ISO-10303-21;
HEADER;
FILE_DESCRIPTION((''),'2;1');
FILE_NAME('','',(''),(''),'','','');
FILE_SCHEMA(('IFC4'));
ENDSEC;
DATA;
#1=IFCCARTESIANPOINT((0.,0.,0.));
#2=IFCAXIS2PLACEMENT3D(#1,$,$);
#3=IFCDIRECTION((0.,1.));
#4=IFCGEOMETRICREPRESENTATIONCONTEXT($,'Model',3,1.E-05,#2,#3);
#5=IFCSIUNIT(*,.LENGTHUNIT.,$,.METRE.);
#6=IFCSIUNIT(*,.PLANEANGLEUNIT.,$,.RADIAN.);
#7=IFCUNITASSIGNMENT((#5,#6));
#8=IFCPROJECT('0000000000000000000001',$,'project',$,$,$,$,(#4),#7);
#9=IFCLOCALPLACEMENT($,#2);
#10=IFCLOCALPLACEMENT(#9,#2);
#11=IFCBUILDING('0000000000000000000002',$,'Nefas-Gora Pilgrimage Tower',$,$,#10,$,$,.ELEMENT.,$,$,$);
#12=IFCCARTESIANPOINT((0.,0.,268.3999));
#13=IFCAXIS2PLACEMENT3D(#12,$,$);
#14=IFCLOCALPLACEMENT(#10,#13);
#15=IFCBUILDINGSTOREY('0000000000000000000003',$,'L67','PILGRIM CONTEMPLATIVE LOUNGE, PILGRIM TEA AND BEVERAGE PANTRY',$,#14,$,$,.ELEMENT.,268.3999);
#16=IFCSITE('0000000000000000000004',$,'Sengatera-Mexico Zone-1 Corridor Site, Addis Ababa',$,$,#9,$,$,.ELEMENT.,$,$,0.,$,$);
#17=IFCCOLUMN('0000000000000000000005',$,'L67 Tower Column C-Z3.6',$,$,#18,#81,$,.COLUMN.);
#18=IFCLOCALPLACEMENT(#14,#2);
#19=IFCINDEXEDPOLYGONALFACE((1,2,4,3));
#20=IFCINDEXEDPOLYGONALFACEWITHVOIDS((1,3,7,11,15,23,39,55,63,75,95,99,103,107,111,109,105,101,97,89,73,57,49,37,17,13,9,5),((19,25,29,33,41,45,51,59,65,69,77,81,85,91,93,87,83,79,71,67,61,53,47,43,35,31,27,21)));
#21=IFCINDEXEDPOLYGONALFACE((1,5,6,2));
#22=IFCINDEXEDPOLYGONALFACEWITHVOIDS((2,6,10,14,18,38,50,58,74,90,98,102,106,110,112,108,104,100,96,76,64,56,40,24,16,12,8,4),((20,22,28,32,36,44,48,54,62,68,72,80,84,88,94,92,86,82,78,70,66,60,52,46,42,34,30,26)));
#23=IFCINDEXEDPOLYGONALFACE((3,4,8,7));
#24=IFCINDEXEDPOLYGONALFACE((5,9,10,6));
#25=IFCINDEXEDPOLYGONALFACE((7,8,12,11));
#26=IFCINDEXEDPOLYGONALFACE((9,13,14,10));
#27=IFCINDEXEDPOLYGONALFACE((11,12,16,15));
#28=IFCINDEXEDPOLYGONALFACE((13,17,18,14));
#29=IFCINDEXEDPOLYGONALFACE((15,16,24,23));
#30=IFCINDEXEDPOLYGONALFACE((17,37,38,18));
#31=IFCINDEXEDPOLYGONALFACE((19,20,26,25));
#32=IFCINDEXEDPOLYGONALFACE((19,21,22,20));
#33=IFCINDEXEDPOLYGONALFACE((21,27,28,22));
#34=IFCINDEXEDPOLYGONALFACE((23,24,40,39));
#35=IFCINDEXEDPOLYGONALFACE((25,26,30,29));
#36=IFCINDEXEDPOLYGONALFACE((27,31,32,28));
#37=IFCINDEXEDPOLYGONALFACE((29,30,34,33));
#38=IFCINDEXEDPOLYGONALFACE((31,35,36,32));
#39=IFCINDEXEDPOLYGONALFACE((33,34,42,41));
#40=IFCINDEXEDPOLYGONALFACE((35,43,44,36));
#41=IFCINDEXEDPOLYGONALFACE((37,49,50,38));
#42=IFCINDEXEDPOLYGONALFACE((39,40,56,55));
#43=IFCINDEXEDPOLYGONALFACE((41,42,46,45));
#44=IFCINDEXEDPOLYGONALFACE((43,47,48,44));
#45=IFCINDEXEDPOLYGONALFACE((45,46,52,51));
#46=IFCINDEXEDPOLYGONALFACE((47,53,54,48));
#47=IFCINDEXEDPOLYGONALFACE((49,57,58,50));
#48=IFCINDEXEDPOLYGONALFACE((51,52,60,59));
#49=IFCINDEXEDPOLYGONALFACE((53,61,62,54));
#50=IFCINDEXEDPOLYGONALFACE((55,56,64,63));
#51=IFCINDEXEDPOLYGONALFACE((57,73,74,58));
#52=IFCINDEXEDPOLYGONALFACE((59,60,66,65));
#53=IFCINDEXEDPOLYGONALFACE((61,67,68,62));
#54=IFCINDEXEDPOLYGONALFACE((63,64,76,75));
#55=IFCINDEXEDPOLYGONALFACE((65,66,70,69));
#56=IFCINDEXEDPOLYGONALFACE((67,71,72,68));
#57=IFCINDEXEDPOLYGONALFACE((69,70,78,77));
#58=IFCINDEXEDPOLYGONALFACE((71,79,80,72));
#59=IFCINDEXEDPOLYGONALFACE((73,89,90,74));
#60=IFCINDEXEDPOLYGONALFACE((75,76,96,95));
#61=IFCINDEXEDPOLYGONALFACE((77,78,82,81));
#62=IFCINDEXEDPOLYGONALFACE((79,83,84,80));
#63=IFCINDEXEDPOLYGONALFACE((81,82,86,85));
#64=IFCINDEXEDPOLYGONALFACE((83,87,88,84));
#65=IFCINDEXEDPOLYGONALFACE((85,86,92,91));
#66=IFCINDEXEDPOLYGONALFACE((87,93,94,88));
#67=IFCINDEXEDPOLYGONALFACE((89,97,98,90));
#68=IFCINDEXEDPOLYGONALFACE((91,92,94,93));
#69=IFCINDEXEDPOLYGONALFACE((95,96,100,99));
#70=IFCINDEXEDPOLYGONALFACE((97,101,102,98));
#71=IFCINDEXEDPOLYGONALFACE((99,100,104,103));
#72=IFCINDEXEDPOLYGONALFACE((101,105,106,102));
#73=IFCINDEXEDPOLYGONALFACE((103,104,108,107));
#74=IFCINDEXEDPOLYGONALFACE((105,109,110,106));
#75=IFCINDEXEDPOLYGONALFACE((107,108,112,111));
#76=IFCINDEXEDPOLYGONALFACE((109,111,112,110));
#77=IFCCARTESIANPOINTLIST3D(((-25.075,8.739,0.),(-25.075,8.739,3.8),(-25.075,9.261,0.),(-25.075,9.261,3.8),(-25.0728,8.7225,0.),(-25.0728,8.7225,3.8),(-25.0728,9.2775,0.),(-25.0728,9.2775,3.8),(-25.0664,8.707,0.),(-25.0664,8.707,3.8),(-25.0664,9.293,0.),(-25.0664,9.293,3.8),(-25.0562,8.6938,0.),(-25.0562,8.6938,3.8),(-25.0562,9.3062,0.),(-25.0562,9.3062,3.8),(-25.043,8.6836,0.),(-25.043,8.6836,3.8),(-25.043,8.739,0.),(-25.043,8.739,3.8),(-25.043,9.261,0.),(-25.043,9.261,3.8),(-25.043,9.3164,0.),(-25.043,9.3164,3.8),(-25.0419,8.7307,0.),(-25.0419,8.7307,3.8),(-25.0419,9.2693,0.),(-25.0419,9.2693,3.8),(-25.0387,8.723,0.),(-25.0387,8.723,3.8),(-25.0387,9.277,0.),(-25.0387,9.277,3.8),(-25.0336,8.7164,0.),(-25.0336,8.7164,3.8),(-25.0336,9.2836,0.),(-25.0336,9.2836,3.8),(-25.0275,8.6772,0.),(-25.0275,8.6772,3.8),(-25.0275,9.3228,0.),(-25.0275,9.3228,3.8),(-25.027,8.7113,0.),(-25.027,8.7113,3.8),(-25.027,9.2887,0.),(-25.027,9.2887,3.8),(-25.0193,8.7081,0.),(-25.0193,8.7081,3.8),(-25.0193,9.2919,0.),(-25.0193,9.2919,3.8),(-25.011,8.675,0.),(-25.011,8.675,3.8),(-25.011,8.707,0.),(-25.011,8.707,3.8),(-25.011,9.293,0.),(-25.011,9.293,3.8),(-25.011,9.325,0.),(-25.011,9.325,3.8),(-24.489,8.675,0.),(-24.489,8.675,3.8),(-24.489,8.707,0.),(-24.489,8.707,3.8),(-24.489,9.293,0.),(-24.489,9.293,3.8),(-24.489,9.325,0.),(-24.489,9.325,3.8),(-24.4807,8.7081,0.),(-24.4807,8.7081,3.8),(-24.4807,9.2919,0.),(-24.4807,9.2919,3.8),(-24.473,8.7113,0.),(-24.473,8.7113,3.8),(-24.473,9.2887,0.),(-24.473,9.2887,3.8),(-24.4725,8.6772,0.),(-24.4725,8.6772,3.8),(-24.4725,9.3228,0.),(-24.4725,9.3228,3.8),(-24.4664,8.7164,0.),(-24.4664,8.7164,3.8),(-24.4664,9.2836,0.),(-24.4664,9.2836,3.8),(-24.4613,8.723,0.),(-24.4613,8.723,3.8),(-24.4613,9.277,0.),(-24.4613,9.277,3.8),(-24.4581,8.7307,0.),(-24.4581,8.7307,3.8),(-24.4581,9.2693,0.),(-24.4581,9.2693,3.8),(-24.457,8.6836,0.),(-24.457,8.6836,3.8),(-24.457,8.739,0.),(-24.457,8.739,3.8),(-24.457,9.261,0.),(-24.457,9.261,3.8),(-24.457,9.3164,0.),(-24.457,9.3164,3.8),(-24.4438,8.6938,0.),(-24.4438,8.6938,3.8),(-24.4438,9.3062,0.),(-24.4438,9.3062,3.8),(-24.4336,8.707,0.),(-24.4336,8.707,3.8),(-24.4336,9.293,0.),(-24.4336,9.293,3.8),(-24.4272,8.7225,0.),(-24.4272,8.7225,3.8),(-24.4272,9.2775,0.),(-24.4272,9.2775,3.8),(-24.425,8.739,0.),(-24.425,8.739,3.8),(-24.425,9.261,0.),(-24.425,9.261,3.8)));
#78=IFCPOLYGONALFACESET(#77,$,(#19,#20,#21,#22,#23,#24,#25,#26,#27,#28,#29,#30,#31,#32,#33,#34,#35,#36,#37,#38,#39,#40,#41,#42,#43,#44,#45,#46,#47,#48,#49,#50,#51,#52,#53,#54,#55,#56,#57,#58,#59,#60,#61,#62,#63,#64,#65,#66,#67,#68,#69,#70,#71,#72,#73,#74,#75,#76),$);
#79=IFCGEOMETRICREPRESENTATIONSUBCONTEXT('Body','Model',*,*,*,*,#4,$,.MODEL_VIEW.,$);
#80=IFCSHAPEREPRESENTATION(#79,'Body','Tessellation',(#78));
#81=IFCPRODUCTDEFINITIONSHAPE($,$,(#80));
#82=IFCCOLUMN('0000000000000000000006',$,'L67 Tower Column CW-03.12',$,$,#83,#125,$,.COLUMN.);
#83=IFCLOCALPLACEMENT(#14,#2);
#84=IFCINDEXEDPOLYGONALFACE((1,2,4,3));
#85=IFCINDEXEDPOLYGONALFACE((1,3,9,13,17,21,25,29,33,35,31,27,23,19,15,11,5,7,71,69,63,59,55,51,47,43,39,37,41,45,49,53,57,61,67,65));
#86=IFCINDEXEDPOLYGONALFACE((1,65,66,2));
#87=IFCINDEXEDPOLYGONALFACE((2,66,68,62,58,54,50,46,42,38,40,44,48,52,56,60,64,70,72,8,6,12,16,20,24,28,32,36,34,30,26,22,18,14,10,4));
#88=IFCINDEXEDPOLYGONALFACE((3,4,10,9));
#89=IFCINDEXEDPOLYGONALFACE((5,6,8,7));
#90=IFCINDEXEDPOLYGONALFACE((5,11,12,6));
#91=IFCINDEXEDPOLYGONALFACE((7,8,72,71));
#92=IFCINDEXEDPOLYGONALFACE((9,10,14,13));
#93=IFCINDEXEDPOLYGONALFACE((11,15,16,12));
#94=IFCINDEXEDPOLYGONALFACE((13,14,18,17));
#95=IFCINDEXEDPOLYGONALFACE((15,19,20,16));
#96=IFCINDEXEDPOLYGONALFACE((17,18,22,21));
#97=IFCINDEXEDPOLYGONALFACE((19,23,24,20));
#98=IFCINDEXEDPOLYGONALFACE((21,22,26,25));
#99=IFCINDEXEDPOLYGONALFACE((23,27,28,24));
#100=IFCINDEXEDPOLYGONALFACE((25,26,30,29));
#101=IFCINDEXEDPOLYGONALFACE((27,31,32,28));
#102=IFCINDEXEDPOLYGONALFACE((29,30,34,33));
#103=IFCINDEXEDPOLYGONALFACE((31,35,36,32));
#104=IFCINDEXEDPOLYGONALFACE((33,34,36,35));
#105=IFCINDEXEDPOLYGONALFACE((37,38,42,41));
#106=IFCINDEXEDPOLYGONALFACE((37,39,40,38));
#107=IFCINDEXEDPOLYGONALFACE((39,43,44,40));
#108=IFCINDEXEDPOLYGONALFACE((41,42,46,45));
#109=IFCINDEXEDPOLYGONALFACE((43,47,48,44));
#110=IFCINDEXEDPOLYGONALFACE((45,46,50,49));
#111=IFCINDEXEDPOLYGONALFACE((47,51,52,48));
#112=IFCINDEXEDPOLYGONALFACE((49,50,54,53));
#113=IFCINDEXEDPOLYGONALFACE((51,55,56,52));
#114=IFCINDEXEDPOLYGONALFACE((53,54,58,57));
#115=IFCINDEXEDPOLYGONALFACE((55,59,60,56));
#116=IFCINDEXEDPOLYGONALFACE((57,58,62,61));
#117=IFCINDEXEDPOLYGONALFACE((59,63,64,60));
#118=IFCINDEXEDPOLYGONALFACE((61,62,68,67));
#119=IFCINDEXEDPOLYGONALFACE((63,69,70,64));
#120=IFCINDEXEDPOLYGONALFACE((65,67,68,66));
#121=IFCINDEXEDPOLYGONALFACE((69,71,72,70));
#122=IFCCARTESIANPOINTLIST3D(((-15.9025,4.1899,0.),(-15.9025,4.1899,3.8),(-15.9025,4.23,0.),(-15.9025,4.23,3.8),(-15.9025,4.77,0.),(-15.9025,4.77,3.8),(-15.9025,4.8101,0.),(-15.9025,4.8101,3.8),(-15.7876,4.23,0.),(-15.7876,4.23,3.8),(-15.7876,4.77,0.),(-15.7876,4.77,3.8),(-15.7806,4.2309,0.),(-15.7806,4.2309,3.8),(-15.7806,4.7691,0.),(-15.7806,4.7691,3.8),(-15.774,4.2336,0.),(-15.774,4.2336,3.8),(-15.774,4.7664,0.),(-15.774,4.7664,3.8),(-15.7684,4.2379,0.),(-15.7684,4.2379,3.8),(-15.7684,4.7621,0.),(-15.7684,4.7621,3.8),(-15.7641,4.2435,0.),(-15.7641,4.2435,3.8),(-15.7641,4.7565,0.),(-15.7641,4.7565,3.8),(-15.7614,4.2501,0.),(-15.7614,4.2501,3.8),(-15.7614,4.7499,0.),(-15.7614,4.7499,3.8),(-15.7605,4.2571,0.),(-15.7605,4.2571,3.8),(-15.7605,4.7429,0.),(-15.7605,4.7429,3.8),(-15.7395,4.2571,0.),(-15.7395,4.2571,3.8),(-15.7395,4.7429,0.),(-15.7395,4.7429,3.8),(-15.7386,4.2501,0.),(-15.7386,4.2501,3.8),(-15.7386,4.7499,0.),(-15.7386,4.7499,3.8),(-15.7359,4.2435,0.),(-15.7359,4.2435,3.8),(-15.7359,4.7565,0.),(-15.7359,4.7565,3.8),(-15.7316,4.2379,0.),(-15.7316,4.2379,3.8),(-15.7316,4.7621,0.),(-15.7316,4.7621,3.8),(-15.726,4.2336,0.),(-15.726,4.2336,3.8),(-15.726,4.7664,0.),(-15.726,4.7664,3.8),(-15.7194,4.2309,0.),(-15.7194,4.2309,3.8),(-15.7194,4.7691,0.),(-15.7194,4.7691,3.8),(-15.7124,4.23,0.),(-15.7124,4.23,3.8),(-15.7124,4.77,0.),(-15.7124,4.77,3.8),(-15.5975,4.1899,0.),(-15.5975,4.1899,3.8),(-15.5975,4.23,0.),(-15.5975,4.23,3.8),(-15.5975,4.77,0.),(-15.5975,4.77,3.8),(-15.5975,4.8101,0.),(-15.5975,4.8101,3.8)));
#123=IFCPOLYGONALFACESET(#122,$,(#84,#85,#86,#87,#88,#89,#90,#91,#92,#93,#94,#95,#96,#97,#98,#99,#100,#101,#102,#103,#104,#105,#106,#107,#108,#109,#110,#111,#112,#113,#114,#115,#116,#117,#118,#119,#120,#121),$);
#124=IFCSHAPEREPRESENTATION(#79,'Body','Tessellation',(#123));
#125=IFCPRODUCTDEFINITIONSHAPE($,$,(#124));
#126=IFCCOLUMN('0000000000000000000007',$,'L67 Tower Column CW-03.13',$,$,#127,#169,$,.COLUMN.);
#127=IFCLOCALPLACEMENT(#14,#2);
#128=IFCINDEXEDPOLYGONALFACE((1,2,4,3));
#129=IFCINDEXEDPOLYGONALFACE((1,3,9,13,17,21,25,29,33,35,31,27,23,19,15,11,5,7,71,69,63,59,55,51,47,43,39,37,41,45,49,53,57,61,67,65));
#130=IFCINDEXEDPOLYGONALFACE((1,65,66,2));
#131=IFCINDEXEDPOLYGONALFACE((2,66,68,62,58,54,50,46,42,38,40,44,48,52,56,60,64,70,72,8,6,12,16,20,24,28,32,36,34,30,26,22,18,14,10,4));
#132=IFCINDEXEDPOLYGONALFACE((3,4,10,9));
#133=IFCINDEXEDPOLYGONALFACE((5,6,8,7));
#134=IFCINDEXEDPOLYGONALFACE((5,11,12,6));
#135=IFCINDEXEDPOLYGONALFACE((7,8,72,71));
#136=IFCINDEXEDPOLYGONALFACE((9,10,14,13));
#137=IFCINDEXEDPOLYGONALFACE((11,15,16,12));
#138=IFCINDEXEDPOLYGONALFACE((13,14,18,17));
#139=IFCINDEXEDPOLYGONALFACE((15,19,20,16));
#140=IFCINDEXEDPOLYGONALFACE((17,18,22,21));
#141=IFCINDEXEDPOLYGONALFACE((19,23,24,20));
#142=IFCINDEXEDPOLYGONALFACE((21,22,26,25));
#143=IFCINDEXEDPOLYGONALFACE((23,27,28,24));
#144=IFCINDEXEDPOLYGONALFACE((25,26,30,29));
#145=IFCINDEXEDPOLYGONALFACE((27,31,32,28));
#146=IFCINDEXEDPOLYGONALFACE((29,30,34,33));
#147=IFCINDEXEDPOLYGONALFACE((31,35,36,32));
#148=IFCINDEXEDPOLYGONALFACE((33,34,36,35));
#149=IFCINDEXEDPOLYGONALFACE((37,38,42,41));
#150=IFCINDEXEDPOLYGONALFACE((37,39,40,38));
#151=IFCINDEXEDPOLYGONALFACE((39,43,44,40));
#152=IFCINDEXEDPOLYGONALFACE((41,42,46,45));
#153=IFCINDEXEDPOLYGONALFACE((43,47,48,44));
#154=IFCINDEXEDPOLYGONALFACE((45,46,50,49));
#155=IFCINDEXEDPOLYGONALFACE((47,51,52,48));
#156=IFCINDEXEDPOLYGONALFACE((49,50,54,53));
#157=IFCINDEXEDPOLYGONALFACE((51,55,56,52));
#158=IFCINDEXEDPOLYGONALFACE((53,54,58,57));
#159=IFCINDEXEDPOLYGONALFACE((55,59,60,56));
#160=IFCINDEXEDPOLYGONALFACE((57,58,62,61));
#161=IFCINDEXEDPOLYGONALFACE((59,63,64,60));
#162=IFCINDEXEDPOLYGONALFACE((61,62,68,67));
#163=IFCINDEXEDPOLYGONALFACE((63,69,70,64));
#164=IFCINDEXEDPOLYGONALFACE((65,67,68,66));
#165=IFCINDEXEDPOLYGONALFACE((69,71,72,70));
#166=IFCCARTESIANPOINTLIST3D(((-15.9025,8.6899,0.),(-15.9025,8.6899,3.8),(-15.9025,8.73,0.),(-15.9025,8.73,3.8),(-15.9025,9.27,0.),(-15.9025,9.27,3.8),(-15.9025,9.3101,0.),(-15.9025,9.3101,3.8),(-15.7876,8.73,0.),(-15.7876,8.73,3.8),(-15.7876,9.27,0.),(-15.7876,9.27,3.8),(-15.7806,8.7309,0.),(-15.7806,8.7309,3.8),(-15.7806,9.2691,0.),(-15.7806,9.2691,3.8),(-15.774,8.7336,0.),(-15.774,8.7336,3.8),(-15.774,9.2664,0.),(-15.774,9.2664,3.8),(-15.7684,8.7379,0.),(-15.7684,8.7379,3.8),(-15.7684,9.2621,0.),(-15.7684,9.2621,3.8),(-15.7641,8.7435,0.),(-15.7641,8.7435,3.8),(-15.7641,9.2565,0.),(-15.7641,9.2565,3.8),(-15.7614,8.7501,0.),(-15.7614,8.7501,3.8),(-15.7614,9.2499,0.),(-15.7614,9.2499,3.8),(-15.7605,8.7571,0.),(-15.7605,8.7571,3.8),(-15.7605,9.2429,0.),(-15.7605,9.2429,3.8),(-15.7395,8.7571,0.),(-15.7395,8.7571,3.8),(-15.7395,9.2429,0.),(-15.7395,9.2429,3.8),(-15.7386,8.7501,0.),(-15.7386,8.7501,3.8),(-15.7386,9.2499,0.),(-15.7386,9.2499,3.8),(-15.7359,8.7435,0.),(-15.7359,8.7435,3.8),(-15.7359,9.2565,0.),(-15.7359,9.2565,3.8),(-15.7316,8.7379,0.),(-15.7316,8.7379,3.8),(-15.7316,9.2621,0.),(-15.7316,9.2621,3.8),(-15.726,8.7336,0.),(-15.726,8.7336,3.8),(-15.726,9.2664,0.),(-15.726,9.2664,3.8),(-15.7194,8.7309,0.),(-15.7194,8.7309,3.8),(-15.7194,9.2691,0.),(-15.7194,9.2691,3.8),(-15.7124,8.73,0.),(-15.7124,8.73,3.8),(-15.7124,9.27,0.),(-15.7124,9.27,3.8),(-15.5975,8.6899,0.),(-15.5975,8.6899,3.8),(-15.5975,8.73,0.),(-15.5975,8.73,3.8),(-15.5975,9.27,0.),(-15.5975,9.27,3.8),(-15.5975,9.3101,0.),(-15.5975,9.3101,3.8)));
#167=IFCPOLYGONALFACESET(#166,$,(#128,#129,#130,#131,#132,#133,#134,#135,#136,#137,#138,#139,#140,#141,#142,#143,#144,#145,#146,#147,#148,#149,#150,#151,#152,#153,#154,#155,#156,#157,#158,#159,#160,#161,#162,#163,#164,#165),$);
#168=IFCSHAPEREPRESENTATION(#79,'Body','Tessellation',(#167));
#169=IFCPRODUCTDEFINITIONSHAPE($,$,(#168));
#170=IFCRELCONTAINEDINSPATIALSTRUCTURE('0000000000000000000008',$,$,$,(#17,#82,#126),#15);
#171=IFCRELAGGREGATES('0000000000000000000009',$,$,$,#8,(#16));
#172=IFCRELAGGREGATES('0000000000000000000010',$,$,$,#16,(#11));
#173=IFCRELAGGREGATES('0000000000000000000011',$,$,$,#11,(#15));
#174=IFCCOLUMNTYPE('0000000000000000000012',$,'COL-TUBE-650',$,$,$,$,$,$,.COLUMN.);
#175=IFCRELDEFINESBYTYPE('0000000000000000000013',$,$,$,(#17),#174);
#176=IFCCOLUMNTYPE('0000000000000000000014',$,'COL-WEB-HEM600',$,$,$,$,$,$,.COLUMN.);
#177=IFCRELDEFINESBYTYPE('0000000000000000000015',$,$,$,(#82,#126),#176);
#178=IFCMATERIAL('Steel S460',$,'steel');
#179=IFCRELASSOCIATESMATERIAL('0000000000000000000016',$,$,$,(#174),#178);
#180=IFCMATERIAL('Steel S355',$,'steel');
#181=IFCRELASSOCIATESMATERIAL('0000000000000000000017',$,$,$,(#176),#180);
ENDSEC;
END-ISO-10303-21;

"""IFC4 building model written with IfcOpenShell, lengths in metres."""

from ifc_helpers import new_model, si_unit, direction, frame, origin, origin_2d, place, context, subcontext, project, spatial, hollow_rectangle, i_section, extrude, source, transform, mapped, material, material_profile, profile_set, type_object, element, save


model = new_model("IFC4")

# Units and contexts
model_context = context("Model", 3, precision=1e-05, world=origin(), true_north=direction((0.0, 1.0)))
body_context = subcontext(model_context, "Body", "Model", "MODEL_VIEW")
ifc_project = project(units=[si_unit("LENGTHUNIT", "METRE"), si_unit("PLANEANGLEUNIT", "RADIAN")], contexts=[model_context])

# Site, building, storey
site_placement = place(None, origin())
site = spatial("IfcSite", under=ifc_project, at=site_placement, Name="Sengatera-Mexico Zone-1 Corridor Site, Addis Ababa", CompositionType="ELEMENT", RefElevation=0.0)
building_placement = place(site_placement, origin())
building = spatial("IfcBuilding", under=site, at=building_placement, Name="Nefas-Gora Pilgrimage Tower", CompositionType="ELEMENT")
storey_placement = place(building_placement, frame((0.0, 0.0, 268.3999)))
storey = spatial("IfcBuildingStorey", under=building, at=storey_placement, Name="L67", Description="PILGRIM CONTEMPLATIVE LOUNGE, PILGRIM TEA AND BEVERAGE PANTRY", CompositionType="ELEMENT", Elevation=268.3999)

# Columns
ifc_material_1 = material(Name="Steel S460", Category="steel")
ifc_material_profile_1 = material_profile(ifc_material_1, hollow_rectangle(XDim=0.6499, YDim=0.6499, WallThickness=0.032, InnerFilletRadius=0.032, OuterFilletRadius=0.064, at=origin_2d()), Name="BOX 650x650x32")
ifc_profile_set_1 = profile_set([ifc_material_profile_1], Name="Steel S460")
column_type_1 = type_object("IfcColumnType", Name="COL-TUBE-650", PredefinedType="COLUMN", material=ifc_profile_set_1)
shared_shape_1 = source(origin(), body_context, "Body", "SweptSolid", [
    extrude(hollow_rectangle(XDim=0.6499, YDim=0.6499, WallThickness=0.032, InnerFilletRadius=0.032, OuterFilletRadius=0.064, at=origin_2d()), origin(), (0.0, 0.0, 1.0), 3.8),
])
for number, where, z_axis, x_axis, name in (
    (1, (-24.75, 9.0, 0.0), (0.0, 0.0, 1.0), (1.0, 0.0, 0.0), "L67 Tower Column C-Z3.6"),
):
    element("IfcColumn", number, at=place(storey_placement, frame(where, z_axis=z_axis, x_axis=x_axis)), inside=storey, type_object=column_type_1, Name=name, PredefinedType="COLUMN", context=body_context, shape_type="MappedRepresentation", body=[
        mapped(shared_shape_1, transform((0.0, 0.0, 0.0), x_axis=(1.0, 0.0, 0.0), y_axis=(0.0, 1.0, 0.0), z_axis=(0.0, 0.0, 1.0), scale=1.0)),
    ])
ifc_material_2 = material(Name="Steel S355", Category="steel")
ifc_material_profile_2 = material_profile(ifc_material_2, i_section(OverallWidth=0.3049, OverallDepth=0.6201, WebThickness=0.021, FlangeThickness=0.04, FilletRadius=0.0271, at=origin_2d()), Name="HEM 600")
ifc_profile_set_2 = profile_set([ifc_material_profile_2], Name="Steel S355")
column_type_2 = type_object("IfcColumnType", Name="COL-WEB-HEM600", PredefinedType="COLUMN", material=ifc_profile_set_2)
shared_shape_2 = source(origin(), body_context, "Body", "SweptSolid", [
    extrude(i_section(OverallWidth=0.3049, OverallDepth=0.6201, WebThickness=0.021, FlangeThickness=0.04, FilletRadius=0.0271, at=origin_2d()), origin(), (0.0, 0.0, 1.0), 3.8),
])
for number, where, z_axis, x_axis, name in (
    (2, (-15.75, 4.5, 0.0), (0.0, 0.0, 1.0), (1.0, 0.0, 0.0), "L67 Tower Column CW-03.12"),
    (3, (-15.75, 9.0, 0.0), (0.0, 0.0, 1.0), (1.0, 0.0, 0.0), "L67 Tower Column CW-03.13"),
):
    element("IfcColumn", number, at=place(storey_placement, frame(where, z_axis=z_axis, x_axis=x_axis)), inside=storey, type_object=column_type_2, Name=name, PredefinedType="COLUMN", context=body_context, shape_type="MappedRepresentation", body=[
        mapped(shared_shape_2, transform((0.0, 0.0, 0.0), x_axis=(1.0, 0.0, 0.0), y_axis=(0.0, 1.0, 0.0), z_axis=(0.0, 0.0, 1.0), scale=1.0)),
    ])

save(model, "model.ifc")
